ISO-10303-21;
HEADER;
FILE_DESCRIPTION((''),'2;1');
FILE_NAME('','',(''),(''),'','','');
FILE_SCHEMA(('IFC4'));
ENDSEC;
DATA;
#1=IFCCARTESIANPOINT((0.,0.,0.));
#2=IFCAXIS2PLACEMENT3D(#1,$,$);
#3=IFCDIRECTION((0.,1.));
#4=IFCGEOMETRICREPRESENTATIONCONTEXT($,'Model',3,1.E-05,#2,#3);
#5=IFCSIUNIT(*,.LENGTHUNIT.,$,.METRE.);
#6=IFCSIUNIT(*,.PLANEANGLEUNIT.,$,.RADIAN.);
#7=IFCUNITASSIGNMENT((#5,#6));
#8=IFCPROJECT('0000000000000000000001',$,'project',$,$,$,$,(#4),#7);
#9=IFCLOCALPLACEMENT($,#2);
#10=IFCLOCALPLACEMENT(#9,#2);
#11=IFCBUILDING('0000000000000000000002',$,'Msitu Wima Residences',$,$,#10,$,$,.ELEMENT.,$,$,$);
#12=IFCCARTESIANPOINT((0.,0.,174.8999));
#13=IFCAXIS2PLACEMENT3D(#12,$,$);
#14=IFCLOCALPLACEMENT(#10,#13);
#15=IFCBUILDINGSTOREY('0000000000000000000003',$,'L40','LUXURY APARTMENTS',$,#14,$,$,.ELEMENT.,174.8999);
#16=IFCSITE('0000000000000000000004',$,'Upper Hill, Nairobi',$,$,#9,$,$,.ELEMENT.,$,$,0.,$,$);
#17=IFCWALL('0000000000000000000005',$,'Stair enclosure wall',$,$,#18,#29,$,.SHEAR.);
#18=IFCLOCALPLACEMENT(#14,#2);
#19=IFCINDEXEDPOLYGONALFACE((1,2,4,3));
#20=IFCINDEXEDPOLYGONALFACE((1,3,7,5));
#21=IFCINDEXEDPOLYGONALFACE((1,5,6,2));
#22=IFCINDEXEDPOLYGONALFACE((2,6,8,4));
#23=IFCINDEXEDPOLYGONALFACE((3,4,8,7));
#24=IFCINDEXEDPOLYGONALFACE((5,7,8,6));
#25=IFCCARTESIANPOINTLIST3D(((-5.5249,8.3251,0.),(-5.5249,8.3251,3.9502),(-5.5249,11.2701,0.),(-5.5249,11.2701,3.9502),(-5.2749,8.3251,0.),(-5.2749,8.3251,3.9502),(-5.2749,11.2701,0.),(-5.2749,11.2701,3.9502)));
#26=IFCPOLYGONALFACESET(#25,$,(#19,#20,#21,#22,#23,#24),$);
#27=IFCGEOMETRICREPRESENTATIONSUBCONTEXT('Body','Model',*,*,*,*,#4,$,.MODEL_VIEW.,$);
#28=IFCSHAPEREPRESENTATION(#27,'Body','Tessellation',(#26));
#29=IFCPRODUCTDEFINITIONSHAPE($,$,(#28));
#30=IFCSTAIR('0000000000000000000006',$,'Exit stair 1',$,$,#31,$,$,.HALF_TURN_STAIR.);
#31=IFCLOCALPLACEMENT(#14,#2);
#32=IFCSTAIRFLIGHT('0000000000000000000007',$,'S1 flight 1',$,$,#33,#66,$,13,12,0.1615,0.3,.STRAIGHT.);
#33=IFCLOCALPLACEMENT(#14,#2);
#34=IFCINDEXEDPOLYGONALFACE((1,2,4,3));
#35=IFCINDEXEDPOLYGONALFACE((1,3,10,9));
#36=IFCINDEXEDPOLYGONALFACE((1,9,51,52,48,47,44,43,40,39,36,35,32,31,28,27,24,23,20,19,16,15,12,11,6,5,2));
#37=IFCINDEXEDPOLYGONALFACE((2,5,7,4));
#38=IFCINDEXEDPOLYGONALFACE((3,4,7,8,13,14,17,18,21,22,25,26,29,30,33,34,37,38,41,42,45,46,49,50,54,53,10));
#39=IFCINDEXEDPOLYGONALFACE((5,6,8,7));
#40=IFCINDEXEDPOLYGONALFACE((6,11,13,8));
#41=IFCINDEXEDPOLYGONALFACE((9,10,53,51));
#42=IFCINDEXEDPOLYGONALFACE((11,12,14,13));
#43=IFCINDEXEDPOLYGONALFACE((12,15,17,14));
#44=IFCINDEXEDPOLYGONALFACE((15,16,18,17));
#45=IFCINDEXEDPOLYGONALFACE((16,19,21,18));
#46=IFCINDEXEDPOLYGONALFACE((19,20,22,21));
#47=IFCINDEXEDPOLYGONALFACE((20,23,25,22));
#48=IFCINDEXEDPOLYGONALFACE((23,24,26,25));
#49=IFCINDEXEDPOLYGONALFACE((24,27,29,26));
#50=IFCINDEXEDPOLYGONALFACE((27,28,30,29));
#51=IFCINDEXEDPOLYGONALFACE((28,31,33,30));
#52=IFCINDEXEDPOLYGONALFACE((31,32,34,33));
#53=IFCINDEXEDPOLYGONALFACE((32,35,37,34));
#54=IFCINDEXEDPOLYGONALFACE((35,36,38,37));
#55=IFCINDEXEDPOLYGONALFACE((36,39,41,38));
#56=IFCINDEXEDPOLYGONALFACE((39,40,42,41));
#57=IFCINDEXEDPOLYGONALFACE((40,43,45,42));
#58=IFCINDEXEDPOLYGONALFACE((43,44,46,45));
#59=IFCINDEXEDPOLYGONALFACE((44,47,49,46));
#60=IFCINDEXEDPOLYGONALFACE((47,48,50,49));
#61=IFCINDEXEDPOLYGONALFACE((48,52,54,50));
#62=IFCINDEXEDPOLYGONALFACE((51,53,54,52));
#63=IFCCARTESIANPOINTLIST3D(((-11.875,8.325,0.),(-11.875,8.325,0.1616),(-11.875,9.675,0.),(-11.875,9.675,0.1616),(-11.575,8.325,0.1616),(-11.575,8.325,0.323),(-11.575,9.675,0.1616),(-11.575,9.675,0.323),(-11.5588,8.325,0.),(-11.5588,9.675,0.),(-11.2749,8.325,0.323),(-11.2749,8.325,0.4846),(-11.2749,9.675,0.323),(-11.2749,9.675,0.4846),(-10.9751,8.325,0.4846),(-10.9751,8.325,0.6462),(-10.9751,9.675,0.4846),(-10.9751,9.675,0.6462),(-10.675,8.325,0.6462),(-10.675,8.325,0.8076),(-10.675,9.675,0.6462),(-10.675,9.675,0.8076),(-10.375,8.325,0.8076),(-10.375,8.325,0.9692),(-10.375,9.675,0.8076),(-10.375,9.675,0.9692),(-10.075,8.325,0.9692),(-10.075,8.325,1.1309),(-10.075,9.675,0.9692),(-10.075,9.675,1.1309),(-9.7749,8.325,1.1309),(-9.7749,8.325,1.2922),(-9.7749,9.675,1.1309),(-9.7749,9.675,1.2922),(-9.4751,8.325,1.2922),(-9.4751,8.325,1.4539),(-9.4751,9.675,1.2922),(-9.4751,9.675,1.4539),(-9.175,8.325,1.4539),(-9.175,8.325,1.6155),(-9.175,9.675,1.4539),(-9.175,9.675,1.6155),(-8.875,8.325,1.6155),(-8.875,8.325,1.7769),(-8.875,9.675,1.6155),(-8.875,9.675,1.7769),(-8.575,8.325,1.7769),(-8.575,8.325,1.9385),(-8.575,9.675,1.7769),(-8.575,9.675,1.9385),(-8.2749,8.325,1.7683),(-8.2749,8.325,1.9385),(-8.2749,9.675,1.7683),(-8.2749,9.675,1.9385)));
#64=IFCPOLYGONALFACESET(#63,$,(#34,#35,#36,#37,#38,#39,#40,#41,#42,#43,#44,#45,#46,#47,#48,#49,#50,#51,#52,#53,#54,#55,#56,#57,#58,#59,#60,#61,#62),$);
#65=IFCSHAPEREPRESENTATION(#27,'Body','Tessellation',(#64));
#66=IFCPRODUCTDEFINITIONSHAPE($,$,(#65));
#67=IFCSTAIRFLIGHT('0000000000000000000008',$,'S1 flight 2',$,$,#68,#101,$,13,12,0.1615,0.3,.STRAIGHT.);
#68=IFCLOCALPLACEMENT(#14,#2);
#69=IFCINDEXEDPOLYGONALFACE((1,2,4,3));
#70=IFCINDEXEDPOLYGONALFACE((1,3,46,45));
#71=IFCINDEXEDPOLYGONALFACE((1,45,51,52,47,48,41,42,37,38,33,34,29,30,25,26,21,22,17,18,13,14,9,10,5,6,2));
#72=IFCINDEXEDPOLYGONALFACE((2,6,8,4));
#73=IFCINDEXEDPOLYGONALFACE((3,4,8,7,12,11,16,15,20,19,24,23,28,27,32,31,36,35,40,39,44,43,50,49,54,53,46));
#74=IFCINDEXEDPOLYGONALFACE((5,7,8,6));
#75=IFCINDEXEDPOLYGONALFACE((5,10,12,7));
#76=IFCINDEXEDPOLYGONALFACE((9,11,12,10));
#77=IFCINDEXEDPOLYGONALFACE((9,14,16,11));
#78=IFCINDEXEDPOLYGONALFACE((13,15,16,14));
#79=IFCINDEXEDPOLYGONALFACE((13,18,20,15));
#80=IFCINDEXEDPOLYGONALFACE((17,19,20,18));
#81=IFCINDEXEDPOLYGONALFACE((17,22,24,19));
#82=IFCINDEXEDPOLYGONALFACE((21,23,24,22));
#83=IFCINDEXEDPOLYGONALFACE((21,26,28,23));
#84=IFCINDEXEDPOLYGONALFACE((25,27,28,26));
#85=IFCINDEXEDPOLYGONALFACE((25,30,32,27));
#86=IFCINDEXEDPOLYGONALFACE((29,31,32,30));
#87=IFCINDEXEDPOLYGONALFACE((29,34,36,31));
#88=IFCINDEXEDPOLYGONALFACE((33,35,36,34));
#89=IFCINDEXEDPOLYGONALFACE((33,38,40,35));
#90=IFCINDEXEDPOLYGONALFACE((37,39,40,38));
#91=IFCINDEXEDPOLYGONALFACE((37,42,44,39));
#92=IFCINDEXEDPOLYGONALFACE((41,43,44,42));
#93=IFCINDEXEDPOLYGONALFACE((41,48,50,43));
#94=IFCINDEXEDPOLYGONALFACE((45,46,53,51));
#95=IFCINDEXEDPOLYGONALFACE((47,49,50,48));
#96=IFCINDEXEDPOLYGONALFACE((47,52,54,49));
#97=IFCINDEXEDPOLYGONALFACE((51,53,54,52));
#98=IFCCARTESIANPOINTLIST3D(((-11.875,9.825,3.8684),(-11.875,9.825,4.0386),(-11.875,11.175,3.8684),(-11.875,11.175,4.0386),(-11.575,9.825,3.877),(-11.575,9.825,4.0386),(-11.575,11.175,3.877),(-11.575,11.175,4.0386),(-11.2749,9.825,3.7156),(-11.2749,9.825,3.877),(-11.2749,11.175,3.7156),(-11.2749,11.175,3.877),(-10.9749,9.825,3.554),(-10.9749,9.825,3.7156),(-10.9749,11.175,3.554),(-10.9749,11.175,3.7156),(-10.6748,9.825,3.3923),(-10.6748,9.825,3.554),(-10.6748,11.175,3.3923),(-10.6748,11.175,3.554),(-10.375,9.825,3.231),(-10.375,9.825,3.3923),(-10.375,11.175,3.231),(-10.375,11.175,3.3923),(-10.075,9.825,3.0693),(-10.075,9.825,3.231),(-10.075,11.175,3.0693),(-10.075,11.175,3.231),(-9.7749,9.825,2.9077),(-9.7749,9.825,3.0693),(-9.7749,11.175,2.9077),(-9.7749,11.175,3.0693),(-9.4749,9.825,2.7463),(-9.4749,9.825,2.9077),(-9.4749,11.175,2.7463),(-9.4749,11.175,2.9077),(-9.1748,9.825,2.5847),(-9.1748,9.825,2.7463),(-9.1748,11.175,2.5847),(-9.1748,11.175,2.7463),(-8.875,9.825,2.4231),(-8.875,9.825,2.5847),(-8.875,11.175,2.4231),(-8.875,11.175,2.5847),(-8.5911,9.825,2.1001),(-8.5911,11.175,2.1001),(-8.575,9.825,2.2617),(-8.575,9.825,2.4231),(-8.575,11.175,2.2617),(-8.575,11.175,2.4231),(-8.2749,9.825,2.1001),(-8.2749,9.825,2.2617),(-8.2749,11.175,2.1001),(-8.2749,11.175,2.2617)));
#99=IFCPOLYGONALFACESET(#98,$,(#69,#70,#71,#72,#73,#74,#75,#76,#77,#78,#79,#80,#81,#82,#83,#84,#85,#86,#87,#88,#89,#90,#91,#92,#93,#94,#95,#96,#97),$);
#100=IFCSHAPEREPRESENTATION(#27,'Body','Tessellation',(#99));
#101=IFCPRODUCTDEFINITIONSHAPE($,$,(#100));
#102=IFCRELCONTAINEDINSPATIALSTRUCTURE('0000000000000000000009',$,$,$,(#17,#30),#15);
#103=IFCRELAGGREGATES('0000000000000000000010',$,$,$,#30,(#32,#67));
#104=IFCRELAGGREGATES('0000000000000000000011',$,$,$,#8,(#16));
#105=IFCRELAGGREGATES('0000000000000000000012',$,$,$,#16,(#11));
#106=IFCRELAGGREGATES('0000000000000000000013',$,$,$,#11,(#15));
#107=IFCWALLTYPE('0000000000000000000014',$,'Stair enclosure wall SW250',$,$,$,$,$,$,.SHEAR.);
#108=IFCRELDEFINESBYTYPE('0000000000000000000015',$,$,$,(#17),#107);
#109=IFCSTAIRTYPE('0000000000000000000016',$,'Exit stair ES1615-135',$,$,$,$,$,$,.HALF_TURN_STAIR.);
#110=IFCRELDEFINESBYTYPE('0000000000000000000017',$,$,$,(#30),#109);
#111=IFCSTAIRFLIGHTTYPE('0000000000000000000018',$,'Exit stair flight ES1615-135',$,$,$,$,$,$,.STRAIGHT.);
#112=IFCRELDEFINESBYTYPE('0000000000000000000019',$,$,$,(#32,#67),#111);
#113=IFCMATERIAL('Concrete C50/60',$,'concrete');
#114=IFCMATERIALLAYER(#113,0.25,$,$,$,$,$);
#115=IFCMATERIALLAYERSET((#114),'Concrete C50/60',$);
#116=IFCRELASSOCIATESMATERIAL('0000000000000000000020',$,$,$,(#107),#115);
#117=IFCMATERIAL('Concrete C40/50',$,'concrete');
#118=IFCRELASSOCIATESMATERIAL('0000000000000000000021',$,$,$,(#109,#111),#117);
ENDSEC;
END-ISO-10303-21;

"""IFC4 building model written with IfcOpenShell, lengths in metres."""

from ifc_helpers import new_model, si_unit, direction, frame, frame_2d, origin, place, context, subcontext, project, spatial, polyline, rectangle, outline, extrude, material, layer, layer_set, type_object, element, aggregate, save


model = new_model("IFC4")

# Units and contexts
model_context = context("Model", 3, precision=1e-05, world=origin(), true_north=direction((0.0, 1.0)))
body_context = subcontext(model_context, "Body", "Model", "MODEL_VIEW")
ifc_project = project(units=[si_unit("LENGTHUNIT", "METRE"), si_unit("PLANEANGLEUNIT", "RADIAN")], contexts=[model_context])

# Site, building, storey
site_placement = place(None, origin())
site = spatial("IfcSite", under=ifc_project, at=site_placement, Name="Upper Hill, Nairobi", CompositionType="ELEMENT", RefElevation=0.0)
building_placement = place(site_placement, origin())
building = spatial("IfcBuilding", under=site, at=building_placement, Name="Msitu Wima Residences", CompositionType="ELEMENT")
storey_placement = place(building_placement, frame((0.0, 0.0, 174.8999)))
storey = spatial("IfcBuildingStorey", under=building, at=storey_placement, Name="L40", Description="LUXURY APARTMENTS", CompositionType="ELEMENT", Elevation=174.8999)

# Shared definitions
ifc_material_1 = material(Name="Concrete C40/50", Category="concrete")

# Wall
ifc_material_2 = material(Name="Concrete C50/60", Category="concrete")
ifc_layer_1 = layer(ifc_material_2, 0.25)
ifc_layer_set_1 = layer_set([ifc_layer_1], Name="Concrete C50/60")
wall_type_1 = type_object("IfcWallType", Name="Stair enclosure wall SW250", PredefinedType="SHEAR", material=ifc_layer_set_1)
wall_1_placement = place(storey_placement, frame((-5.3999, 8.325, 0.0), z_axis=(0.0, 0.0, 1.0), x_axis=(0.0, 1.0, 0.0)))
element("IfcWall", 1, at=wall_1_placement, inside=storey, type_object=wall_type_1, Name="Stair enclosure wall", PredefinedType="SHEAR", context=body_context, shape_type="SweptSolid", body=[
    extrude(rectangle(XDim=2.9451, YDim=0.25, at=frame_2d((1.4727, 0.0))), origin(), (0.0, 0.0, 1.0), 3.9502),
])

# Stair, stair flights
stair_type = type_object("IfcStairType", Name="Exit stair ES1615-135", PredefinedType="HALF_TURN_STAIR", material=ifc_material_1)
stair_placement = place(storey_placement, origin())
stair = element("IfcStair", 2, at=stair_placement, inside=storey, type_object=stair_type, Name="Exit stair 1", PredefinedType="HALF_TURN_STAIR")
stair_flight_type = type_object("IfcStairFlightType", Name="Exit stair flight ES1615-135", PredefinedType="STRAIGHT", material=ifc_material_1)
stair_flight_1_placement = place(storey_placement, frame((-11.875, 9.0, 0.0), z_axis=(0.0, 0.0, 1.0), x_axis=(1.0, 0.0, 0.0)))
stair_flight_1 = element("IfcStairFlight", 3, at=stair_flight_1_placement, type_object=stair_flight_type, Name="S1 flight 1", NumberOfRisers=13, NumberOfTreads=12, PredefinedType="STRAIGHT", RiserHeight=0.1615, TreadLength=0.3, context=body_context, shape_type="SweptSolid", body=[
    extrude(outline(polyline([(0.0, 0.0), (0.0, 0.1616), (0.3, 0.1616), (0.3, 0.323), (0.6001, 0.323), (0.6001, 0.4846), (0.8999, 0.4846), (0.8999, 0.6462), (1.2, 0.6462), (1.2, 0.8076), (1.5, 0.8076), (1.5, 0.9692), (1.8, 0.9692), (1.8, 1.1309), (2.1001, 1.1309), (2.1001, 1.2922), (2.3999, 1.2922), (2.3999, 1.4539), (2.7, 1.4539), (2.7, 1.6155), (3.0, 1.6155), (3.0, 1.7769), (3.3, 1.7769), (3.3, 1.9385), (3.6001, 1.9385), (3.6001, 2.1001), (3.6001, 1.7683), (0.3162, 0.0), (0.0, 0.0)])), frame((0.0, 0.675, 0.0), z_axis=(0.0, -1.0, 0.0), x_axis=(1.0, 0.0, 0.0)), (0.0, 0.0, 1.0), 1.3501),
])
stair_flight_2_placement = place(storey_placement, frame((-8.2749, 10.5, 2.1001), z_axis=(0.0, 0.0, 1.0), x_axis=(-1.0, 0.0, 0.0)))
stair_flight_2 = element("IfcStairFlight", 4, at=stair_flight_2_placement, type_object=stair_flight_type, Name="S1 flight 2", NumberOfRisers=13, NumberOfTreads=12, PredefinedType="STRAIGHT", RiserHeight=0.1615, TreadLength=0.3, context=body_context, shape_type="SweptSolid", body=[
    extrude(outline(polyline([(0.0, 0.0), (0.0, 0.1616), (0.3, 0.1616), (0.3, 0.323), (0.6001, 0.323), (0.6001, 0.4846), (0.8999, 0.4846), (0.8999, 0.6462), (1.2, 0.6462), (1.2, 0.8076), (1.5, 0.8076), (1.5, 0.9692), (1.8, 0.9692), (1.8, 1.1309), (2.1001, 1.1309), (2.1001, 1.2922), (2.3999, 1.2922), (2.3999, 1.4539), (2.7, 1.4539), (2.7, 1.6155), (3.0, 1.6155), (3.0, 1.7769), (3.3, 1.7769), (3.3, 1.9385), (3.6001, 1.9385), (3.6001, 2.1001), (3.6001, 1.7683), (0.3162, 0.0), (0.0, 0.0)])), frame((0.0, 0.675, 0.0), z_axis=(0.0, -1.0, 0.0), x_axis=(1.0, 0.0, 0.0)), (0.0, 0.0, 1.0), 1.3501),
])
aggregate(stair, [stair_flight_1, stair_flight_2])

save(model, "model.ifc")
